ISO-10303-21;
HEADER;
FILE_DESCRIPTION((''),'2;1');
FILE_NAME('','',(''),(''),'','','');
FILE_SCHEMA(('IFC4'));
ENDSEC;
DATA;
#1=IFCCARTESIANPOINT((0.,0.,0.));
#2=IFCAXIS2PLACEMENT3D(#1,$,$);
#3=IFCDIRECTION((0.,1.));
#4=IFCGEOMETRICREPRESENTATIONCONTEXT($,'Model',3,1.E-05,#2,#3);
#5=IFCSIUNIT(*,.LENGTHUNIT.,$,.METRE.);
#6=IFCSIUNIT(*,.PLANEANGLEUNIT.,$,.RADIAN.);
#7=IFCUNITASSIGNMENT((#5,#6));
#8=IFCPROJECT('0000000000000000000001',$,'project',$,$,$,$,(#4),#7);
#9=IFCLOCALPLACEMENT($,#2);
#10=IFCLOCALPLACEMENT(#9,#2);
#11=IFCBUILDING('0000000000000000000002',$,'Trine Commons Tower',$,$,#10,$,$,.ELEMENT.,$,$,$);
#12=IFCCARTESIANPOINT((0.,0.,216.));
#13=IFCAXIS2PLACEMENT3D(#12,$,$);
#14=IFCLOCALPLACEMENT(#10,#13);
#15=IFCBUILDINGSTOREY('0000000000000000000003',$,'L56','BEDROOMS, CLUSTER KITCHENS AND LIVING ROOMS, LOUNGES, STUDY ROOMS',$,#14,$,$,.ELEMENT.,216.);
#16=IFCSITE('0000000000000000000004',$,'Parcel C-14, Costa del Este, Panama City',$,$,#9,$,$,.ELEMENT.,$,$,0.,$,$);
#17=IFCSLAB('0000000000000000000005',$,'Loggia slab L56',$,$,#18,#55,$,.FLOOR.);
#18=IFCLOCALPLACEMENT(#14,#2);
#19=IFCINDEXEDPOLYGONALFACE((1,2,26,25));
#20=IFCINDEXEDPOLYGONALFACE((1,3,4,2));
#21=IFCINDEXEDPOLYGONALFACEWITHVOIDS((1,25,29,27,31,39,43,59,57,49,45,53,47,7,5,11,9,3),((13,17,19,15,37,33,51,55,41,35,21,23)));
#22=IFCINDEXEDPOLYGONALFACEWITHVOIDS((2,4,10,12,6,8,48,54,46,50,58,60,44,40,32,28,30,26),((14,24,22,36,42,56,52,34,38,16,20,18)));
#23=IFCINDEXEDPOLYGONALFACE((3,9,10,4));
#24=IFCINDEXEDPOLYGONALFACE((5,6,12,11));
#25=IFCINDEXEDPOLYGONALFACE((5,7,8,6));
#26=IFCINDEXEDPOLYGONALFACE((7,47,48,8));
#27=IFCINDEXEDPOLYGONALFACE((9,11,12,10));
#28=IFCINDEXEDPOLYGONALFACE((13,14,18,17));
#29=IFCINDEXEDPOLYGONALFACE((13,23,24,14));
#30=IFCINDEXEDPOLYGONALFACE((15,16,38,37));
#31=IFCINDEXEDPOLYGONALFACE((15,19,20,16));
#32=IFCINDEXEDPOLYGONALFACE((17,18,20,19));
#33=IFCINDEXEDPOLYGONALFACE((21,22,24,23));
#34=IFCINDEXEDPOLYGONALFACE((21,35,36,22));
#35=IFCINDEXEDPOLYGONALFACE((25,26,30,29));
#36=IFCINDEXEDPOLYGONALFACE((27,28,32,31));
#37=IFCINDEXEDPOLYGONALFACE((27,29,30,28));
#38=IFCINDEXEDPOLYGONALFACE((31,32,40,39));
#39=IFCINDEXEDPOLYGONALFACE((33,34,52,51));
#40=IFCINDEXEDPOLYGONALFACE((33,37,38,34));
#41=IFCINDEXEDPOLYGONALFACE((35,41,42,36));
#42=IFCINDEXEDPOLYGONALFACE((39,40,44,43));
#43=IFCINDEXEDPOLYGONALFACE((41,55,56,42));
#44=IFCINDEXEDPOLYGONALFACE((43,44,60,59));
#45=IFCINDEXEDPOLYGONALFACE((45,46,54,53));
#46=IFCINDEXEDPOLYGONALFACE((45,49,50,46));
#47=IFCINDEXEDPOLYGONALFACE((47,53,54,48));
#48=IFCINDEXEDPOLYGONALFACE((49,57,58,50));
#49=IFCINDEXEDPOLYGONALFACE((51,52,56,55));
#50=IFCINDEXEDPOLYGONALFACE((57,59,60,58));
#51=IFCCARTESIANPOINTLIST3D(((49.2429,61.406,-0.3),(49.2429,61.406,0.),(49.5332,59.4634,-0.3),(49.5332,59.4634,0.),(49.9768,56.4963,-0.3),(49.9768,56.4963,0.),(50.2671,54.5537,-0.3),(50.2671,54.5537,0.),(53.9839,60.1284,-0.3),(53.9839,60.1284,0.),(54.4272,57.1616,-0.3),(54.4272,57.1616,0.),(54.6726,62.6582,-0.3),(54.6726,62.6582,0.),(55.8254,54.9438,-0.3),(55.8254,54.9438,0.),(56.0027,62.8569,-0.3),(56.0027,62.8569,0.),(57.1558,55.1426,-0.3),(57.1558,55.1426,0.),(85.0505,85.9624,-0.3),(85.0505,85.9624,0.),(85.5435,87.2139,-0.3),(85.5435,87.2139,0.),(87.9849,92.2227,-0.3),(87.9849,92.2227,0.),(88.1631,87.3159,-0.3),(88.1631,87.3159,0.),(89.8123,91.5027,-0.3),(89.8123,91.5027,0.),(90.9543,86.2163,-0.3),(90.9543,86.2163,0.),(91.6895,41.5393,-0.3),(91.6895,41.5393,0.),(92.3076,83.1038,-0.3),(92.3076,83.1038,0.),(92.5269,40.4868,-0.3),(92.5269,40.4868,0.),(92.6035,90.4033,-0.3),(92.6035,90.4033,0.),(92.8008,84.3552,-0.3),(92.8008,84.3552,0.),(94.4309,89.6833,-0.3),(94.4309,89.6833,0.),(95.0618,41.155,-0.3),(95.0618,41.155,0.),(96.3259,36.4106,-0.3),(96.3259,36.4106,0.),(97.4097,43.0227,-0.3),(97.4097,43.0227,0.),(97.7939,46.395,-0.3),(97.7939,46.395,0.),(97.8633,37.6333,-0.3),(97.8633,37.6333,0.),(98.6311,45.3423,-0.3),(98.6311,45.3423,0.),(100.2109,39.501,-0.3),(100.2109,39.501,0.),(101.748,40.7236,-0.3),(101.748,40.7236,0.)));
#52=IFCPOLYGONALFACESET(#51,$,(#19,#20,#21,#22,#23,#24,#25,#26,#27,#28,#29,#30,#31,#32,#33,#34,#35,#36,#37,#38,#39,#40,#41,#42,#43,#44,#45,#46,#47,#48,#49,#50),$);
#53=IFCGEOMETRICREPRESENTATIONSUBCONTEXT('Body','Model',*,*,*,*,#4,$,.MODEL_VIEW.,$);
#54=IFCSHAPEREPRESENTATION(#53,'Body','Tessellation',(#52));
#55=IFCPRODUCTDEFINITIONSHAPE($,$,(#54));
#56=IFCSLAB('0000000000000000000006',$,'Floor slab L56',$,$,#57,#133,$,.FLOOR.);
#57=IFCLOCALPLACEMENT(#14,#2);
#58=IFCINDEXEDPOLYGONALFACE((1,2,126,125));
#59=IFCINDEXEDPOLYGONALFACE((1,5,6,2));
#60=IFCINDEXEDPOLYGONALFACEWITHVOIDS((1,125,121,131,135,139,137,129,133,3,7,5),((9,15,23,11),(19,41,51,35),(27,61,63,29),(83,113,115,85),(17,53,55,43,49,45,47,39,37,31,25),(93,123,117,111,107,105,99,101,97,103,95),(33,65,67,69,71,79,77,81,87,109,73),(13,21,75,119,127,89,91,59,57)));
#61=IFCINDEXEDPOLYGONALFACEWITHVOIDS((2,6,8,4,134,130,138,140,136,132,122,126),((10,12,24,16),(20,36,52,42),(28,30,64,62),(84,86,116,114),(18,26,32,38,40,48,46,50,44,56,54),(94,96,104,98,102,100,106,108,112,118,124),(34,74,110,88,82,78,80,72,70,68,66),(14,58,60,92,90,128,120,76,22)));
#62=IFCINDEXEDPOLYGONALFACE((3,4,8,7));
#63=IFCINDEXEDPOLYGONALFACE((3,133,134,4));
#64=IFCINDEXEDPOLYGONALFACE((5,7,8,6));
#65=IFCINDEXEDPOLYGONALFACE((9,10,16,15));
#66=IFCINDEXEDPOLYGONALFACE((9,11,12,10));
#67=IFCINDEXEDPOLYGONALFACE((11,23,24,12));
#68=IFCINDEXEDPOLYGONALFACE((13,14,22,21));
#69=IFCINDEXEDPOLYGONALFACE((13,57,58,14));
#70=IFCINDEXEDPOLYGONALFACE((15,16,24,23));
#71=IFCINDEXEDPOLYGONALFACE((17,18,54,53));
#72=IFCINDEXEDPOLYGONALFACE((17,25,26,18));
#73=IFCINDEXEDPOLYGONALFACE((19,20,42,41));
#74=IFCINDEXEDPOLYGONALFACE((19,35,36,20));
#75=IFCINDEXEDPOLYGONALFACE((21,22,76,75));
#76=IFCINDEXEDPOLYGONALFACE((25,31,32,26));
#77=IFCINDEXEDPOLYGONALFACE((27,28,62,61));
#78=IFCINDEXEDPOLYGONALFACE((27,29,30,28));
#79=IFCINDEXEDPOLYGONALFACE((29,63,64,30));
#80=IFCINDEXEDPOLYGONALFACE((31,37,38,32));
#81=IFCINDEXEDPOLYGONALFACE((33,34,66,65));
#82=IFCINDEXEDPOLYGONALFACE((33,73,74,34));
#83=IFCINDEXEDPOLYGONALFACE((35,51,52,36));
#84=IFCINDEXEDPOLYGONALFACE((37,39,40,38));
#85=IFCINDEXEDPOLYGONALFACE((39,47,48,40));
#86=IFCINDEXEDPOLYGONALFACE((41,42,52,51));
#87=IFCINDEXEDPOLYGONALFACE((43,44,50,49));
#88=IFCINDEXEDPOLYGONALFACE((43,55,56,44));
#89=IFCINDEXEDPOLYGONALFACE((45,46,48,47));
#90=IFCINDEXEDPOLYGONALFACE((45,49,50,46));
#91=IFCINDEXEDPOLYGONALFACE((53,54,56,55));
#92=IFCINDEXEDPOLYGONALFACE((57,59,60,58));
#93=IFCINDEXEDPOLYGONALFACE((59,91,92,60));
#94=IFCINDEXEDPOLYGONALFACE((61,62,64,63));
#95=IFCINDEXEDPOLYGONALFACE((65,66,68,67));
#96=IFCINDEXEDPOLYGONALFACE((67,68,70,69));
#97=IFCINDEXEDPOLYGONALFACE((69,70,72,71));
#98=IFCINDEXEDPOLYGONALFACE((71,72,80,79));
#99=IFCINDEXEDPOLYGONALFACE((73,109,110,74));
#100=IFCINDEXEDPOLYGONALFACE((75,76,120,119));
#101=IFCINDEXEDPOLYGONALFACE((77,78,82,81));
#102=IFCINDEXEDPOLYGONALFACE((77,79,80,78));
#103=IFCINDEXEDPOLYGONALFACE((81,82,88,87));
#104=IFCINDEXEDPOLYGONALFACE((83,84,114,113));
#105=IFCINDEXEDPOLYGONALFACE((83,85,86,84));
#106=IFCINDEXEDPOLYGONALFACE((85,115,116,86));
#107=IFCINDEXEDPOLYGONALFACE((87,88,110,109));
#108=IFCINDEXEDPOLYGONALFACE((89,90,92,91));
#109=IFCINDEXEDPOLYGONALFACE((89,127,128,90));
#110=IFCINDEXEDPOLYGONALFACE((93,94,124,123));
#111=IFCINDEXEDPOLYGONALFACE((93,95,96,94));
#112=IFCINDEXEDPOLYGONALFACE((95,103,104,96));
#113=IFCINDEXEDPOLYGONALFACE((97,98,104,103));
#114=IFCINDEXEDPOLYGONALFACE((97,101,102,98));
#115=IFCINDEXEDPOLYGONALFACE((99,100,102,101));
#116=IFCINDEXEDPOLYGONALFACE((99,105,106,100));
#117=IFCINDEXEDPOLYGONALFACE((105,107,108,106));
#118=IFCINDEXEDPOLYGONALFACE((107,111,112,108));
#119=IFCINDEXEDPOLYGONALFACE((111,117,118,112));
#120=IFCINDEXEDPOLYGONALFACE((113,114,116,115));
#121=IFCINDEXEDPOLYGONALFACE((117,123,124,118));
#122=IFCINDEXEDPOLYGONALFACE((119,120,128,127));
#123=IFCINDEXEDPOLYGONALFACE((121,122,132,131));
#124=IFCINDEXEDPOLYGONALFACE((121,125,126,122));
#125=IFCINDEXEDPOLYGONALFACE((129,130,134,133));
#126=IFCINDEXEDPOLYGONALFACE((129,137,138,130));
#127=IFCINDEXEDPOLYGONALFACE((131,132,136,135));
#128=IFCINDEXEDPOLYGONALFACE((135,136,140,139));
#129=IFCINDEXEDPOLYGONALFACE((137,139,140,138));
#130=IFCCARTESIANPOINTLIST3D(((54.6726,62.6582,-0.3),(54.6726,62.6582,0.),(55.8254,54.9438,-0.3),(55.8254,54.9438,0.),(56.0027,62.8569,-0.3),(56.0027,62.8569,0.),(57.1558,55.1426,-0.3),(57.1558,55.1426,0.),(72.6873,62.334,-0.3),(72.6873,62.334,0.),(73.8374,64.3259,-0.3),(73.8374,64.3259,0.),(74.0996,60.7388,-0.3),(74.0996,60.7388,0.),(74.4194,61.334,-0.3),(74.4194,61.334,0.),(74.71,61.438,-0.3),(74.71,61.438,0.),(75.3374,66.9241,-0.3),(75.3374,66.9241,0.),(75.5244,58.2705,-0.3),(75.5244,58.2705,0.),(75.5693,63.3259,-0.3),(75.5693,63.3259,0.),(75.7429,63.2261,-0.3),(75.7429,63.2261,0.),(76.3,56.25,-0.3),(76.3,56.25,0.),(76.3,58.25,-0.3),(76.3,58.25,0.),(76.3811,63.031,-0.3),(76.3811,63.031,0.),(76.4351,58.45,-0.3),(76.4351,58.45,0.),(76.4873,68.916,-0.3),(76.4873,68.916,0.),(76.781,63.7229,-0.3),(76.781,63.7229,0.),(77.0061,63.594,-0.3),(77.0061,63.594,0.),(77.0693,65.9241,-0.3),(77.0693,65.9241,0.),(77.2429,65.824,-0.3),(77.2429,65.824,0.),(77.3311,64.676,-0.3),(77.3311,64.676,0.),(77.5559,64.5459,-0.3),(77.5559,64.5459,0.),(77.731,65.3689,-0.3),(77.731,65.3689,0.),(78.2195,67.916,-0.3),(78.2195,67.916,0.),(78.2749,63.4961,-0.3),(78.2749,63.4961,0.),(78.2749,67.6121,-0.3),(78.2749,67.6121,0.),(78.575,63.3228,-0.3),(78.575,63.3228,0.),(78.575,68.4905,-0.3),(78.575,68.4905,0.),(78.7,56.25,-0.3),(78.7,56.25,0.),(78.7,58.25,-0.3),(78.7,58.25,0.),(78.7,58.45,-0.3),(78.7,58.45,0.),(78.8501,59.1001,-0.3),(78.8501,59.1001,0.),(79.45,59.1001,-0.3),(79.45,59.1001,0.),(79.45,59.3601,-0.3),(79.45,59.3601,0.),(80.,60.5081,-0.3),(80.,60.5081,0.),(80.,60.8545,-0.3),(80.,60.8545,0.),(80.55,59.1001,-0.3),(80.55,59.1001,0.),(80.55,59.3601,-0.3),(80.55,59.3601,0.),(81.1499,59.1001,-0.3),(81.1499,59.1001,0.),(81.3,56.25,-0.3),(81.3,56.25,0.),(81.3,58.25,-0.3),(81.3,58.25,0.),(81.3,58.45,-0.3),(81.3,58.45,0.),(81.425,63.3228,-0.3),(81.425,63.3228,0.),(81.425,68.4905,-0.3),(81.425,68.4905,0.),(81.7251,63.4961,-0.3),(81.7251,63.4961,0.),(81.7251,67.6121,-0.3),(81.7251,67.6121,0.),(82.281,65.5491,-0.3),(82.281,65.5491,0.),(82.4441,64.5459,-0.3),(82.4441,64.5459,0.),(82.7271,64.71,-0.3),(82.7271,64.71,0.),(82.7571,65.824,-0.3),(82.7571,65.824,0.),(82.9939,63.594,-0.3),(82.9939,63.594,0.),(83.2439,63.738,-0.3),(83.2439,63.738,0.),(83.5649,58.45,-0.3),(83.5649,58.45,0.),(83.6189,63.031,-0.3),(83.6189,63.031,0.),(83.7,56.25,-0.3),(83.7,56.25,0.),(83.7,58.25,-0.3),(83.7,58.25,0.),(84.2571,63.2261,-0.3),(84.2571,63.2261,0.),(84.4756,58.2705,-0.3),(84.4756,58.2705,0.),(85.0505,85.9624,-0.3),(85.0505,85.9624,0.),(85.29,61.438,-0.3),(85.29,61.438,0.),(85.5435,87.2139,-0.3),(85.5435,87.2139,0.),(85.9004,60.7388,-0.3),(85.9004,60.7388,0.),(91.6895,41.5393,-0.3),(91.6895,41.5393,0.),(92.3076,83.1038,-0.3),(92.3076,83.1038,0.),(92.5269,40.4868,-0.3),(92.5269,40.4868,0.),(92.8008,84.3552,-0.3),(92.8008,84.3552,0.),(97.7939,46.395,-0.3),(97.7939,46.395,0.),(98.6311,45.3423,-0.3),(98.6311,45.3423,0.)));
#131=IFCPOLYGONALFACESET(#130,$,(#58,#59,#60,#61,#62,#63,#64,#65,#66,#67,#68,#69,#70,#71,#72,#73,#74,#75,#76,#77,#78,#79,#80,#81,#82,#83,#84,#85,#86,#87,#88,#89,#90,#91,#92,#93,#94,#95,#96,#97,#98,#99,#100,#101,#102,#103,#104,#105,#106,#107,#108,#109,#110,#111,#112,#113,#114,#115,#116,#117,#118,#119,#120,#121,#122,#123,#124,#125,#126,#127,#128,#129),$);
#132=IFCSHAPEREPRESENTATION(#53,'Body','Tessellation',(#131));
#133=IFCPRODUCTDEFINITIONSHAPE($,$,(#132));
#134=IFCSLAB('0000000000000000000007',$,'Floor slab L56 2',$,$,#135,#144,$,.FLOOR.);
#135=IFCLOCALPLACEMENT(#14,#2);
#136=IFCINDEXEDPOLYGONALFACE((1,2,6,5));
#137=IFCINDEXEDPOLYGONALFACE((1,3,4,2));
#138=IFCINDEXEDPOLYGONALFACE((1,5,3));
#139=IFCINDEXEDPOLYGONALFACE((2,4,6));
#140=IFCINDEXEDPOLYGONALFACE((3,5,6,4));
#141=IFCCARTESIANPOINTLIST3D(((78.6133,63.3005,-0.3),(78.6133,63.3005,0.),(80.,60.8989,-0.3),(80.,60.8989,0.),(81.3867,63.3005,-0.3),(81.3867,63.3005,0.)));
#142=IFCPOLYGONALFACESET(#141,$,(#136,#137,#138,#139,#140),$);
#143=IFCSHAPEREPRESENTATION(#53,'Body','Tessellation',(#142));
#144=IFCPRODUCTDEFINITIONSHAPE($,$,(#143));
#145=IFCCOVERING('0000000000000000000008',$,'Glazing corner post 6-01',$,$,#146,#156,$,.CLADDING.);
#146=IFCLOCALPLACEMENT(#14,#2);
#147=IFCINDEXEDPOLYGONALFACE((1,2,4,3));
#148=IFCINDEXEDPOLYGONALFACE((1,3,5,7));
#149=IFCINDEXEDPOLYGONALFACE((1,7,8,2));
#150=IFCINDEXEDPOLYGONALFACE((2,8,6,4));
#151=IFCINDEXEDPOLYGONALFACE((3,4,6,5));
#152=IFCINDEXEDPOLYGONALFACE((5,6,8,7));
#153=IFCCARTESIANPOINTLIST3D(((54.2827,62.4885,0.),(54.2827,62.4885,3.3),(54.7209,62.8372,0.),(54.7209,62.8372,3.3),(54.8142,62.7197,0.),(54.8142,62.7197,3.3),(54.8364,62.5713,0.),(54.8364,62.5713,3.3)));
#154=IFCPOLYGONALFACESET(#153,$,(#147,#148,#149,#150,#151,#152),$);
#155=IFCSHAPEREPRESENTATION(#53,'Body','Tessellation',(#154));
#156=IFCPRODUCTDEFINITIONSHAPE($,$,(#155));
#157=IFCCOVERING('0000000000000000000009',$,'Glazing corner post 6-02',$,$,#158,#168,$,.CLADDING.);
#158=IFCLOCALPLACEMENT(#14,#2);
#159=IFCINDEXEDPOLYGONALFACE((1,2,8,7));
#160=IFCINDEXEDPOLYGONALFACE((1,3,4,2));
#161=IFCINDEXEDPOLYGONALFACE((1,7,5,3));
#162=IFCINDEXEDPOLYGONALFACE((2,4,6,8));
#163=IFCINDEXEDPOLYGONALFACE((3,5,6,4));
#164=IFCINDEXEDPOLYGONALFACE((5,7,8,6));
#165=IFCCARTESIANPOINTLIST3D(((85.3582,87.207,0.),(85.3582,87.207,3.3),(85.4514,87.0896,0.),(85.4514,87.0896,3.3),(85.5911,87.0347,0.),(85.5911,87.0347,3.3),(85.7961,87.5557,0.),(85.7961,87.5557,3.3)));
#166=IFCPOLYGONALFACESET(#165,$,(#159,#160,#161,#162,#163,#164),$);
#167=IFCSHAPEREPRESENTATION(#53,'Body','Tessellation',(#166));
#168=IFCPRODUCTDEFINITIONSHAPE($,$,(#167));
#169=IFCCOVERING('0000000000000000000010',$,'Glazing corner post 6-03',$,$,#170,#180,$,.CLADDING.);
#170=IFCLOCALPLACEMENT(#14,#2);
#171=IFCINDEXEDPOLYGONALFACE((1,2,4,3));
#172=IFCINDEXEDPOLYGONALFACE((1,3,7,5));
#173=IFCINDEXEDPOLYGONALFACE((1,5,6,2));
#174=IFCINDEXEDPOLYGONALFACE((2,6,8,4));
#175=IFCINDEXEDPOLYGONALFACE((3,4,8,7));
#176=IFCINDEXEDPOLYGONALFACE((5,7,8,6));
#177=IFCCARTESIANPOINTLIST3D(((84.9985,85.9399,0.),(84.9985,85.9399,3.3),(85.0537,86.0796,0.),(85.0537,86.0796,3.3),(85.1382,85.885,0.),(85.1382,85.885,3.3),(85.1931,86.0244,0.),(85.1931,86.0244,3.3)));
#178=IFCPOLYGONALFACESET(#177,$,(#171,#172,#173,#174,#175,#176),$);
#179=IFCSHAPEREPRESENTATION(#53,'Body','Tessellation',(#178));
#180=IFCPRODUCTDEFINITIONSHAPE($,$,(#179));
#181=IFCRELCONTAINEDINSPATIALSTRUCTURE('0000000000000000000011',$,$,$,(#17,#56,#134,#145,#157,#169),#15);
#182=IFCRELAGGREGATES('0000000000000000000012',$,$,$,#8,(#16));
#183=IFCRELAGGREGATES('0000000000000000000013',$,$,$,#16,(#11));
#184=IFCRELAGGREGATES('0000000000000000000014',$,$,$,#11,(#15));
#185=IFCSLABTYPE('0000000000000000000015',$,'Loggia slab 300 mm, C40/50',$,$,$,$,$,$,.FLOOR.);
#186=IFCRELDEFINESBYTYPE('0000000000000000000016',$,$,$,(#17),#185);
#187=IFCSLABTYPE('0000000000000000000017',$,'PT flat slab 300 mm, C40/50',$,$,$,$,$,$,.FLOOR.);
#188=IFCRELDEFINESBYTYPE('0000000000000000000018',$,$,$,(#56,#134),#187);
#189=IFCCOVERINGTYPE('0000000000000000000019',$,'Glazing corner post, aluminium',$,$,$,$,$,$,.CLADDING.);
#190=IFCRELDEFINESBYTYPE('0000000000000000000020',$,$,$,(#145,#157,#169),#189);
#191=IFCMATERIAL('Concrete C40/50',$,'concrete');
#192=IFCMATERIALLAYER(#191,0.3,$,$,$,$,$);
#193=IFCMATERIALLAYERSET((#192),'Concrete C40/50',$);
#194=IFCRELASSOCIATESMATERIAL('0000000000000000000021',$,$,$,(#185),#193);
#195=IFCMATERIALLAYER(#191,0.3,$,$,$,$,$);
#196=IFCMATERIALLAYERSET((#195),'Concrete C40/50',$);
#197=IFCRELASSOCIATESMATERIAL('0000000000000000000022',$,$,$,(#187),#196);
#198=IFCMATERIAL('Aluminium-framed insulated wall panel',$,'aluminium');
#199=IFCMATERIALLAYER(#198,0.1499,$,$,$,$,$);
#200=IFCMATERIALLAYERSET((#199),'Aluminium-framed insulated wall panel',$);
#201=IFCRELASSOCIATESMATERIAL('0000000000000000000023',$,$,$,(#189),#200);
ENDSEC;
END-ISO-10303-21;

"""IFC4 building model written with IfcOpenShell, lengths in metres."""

from ifc_helpers import new_model, si_unit, direction, frame, origin, place, context, subcontext, project, spatial, polyline, outline, extrude, material, layer, layer_set, type_object, element, save


model = new_model("IFC4")

# Units and contexts
model_context = context("Model", 3, precision=1e-05, world=origin(), true_north=direction((0.0, 1.0)))
body_context = subcontext(model_context, "Body", "Model", "MODEL_VIEW")
ifc_project = project(units=[si_unit("LENGTHUNIT", "METRE"), si_unit("PLANEANGLEUNIT", "RADIAN")], contexts=[model_context])

# Site, building, storey
site_placement = place(None, origin())
site = spatial("IfcSite", under=ifc_project, at=site_placement, Name="Parcel C-14, Costa del Este, Panama City", CompositionType="ELEMENT", RefElevation=0.0)
building_placement = place(site_placement, origin())
building = spatial("IfcBuilding", under=site, at=building_placement, Name="Trine Commons Tower", CompositionType="ELEMENT")
storey_placement = place(building_placement, frame((0.0, 0.0, 216.0)))
storey = spatial("IfcBuildingStorey", under=building, at=storey_placement, Name="L56", Description="BEDROOMS, CLUSTER KITCHENS AND LIVING ROOMS, LOUNGES, STUDY ROOMS", CompositionType="ELEMENT", Elevation=216.0)

# Slabs
ifc_material_1 = material(Name="Concrete C40/50", Category="concrete")
ifc_layer_1 = layer(ifc_material_1, 0.3)
ifc_layer_set_1 = layer_set([ifc_layer_1], Name="Concrete C40/50")
slab_type_1 = type_object("IfcSlabType", Name="Loggia slab 300 mm, C40/50", PredefinedType="FLOOR", material=ifc_layer_set_1)
slab_1_placement = place(storey_placement, frame((0.0, 0.0, -0.3)))
element("IfcSlab", 1, at=slab_1_placement, inside=storey, type_object=slab_type_1, Name="Loggia slab L56", PredefinedType="FLOOR", context=body_context, shape_type="SweptSolid", body=[
    extrude(outline(polyline([(101.748, 40.7236), (94.4309, 89.6833), (92.6035, 90.4033), (90.9543, 86.2163), (88.1631, 87.3159), (89.8123, 91.5027), (87.9849, 92.2227), (49.2429, 61.406), (49.5332, 59.4634), (53.9839, 60.1284), (54.4272, 57.1616), (49.9768, 56.4963), (50.2671, 54.5537), (96.3259, 36.4106), (97.8633, 37.6333), (95.0618, 41.155), (97.4097, 43.0227), (100.2109, 39.501), (101.748, 40.7236)]), holes=[polyline([(56.0027, 62.8569), (57.1558, 55.1426), (55.8254, 54.9438), (92.5269, 40.4868), (91.6895, 41.5393), (97.7939, 46.395), (98.6311, 45.3423), (92.8008, 84.3552), (92.3076, 83.1038), (85.0505, 85.9624), (85.5435, 87.2139), (54.6726, 62.6582), (56.0027, 62.8569)])]), origin(), (0.0, 0.0, 1.0), 0.3),
])
ifc_layer_2 = layer(ifc_material_1, 0.3)
ifc_layer_set_2 = layer_set([ifc_layer_2], Name="Concrete C40/50")
slab_type_2 = type_object("IfcSlabType", Name="PT flat slab 300 mm, C40/50", PredefinedType="FLOOR", material=ifc_layer_set_2)
slab_2_placement = place(storey_placement, frame((0.0, 0.0, -0.3)))
element("IfcSlab", 2, at=slab_2_placement, inside=storey, type_object=slab_type_2, Name="Floor slab L56", PredefinedType="FLOOR", context=body_context, shape_type="SweptSolid", body=[
    extrude(outline(polyline([(54.6726, 62.6582), (56.0027, 62.8569), (57.1558, 55.1426), (55.8254, 54.9438), (92.5269, 40.4868), (91.6895, 41.5393), (97.7939, 46.395), (98.6311, 45.3423), (92.8008, 84.3552), (92.3076, 83.1038), (85.0505, 85.9624), (85.5435, 87.2139), (54.6726, 62.6582)]), holes=[polyline([(78.7, 56.25), (78.7, 58.25), (76.3, 58.25), (76.3, 56.25), (78.7, 56.25)]), polyline([(83.7, 56.25), (83.7, 58.25), (81.3, 58.25), (81.3, 56.25), (83.7, 56.25)]), polyline([(81.3, 58.45), (83.5649, 58.45), (80.0, 60.5081), (76.4351, 58.45), (78.7, 58.45), (78.8501, 59.1001), (79.45, 59.1001), (79.45, 59.3601), (80.55, 59.3601), (80.55, 59.1001), (81.1499, 59.1001), (81.3, 58.45)]), polyline([(81.425, 63.3228), (81.425, 68.4905), (78.575, 68.4905), (78.575, 63.3228), (74.0996, 60.7388), (75.5244, 58.2705), (80.0, 60.8545), (84.4756, 58.2705), (85.9004, 60.7388), (81.425, 63.3228)]), polyline([(72.6873, 62.334), (74.4194, 61.334), (75.5693, 63.3259), (73.8374, 64.3259), (72.6873, 62.334)]), polyline([(76.3811, 63.031), (75.7429, 63.2261), (74.71, 61.438), (78.2749, 63.4961), (78.2749, 67.6121), (77.2429, 65.824), (77.731, 65.3689), (77.3311, 64.676), (77.5559, 64.5459), (77.0061, 63.594), (76.781, 63.7229), (76.3811, 63.031)]), polyline([(82.9939, 63.594), (82.4441, 64.5459), (82.7271, 64.71), (82.281, 65.5491), (82.7571, 65.824), (81.7251, 67.6121), (81.7251, 63.4961), (85.29, 61.438), (84.2571, 63.2261), (83.6189, 63.031), (83.2439, 63.738), (82.9939, 63.594)]), polyline([(76.4873, 68.916), (75.3374, 66.9241), (77.0693, 65.9241), (78.2195, 67.916), (76.4873, 68.916)])]), origin(), (0.0, 0.0, 1.0), 0.3),
])
slab_3_placement = place(storey_placement, frame((0.0, 0.0, -0.3)))
element("IfcSlab", 3, at=slab_3_placement, inside=storey, type_object=slab_type_2, Name="Floor slab L56 2", PredefinedType="FLOOR", context=body_context, shape_type="SweptSolid", body=[
    extrude(outline(polyline([(81.3867, 63.3005), (78.6133, 63.3005), (80.0, 60.8989), (81.3867, 63.3005)])), origin(), (0.0, 0.0, 1.0), 0.3),
])

# Coverings
ifc_material_2 = material(Name="Aluminium-framed insulated wall panel", Category="aluminium")
ifc_layer_3 = layer(ifc_material_2, 0.1499)
ifc_layer_set_3 = layer_set([ifc_layer_3], Name="Aluminium-framed insulated wall panel")
covering_type_1 = type_object("IfcCoveringType", Name="Glazing corner post, aluminium", PredefinedType="CLADDING", material=ifc_layer_set_3)
covering_1_placement = place(storey_placement, origin())
element("IfcCovering", 4, at=covering_1_placement, inside=storey, type_object=covering_type_1, Name="Glazing corner post 6-01", PredefinedType="CLADDING", context=body_context, shape_type="SweptSolid", body=[
    extrude(outline(polyline([(54.8364, 62.5713), (54.8142, 62.7197), (54.7209, 62.8372), (54.2827, 62.4885), (54.8364, 62.5713)])), origin(), (0.0, 0.0, 1.0), 3.3),
])
covering_2_placement = place(storey_placement, origin())
element("IfcCovering", 5, at=covering_2_placement, inside=storey, type_object=covering_type_1, Name="Glazing corner post 6-02", PredefinedType="CLADDING", context=body_context, shape_type="SweptSolid", body=[
    extrude(outline(polyline([(85.4514, 87.0896), (85.4514, 87.0896), (85.5911, 87.0347), (85.7961, 87.5557), (85.3582, 87.207), (85.4514, 87.0896)])), origin(), (0.0, 0.0, 1.0), 3.3),
])
covering_3_placement = place(storey_placement, origin())
element("IfcCovering", 6, at=covering_3_placement, inside=storey, type_object=covering_type_1, Name="Glazing corner post 6-03", PredefinedType="CLADDING", context=body_context, shape_type="SweptSolid", body=[
    extrude(outline(polyline([(85.1382, 85.885), (85.1931, 86.0244), (85.0537, 86.0796), (84.9985, 85.9399), (85.1382, 85.885)])), origin(), (0.0, 0.0, 1.0), 3.3),
])

save(model, "model.ifc")
